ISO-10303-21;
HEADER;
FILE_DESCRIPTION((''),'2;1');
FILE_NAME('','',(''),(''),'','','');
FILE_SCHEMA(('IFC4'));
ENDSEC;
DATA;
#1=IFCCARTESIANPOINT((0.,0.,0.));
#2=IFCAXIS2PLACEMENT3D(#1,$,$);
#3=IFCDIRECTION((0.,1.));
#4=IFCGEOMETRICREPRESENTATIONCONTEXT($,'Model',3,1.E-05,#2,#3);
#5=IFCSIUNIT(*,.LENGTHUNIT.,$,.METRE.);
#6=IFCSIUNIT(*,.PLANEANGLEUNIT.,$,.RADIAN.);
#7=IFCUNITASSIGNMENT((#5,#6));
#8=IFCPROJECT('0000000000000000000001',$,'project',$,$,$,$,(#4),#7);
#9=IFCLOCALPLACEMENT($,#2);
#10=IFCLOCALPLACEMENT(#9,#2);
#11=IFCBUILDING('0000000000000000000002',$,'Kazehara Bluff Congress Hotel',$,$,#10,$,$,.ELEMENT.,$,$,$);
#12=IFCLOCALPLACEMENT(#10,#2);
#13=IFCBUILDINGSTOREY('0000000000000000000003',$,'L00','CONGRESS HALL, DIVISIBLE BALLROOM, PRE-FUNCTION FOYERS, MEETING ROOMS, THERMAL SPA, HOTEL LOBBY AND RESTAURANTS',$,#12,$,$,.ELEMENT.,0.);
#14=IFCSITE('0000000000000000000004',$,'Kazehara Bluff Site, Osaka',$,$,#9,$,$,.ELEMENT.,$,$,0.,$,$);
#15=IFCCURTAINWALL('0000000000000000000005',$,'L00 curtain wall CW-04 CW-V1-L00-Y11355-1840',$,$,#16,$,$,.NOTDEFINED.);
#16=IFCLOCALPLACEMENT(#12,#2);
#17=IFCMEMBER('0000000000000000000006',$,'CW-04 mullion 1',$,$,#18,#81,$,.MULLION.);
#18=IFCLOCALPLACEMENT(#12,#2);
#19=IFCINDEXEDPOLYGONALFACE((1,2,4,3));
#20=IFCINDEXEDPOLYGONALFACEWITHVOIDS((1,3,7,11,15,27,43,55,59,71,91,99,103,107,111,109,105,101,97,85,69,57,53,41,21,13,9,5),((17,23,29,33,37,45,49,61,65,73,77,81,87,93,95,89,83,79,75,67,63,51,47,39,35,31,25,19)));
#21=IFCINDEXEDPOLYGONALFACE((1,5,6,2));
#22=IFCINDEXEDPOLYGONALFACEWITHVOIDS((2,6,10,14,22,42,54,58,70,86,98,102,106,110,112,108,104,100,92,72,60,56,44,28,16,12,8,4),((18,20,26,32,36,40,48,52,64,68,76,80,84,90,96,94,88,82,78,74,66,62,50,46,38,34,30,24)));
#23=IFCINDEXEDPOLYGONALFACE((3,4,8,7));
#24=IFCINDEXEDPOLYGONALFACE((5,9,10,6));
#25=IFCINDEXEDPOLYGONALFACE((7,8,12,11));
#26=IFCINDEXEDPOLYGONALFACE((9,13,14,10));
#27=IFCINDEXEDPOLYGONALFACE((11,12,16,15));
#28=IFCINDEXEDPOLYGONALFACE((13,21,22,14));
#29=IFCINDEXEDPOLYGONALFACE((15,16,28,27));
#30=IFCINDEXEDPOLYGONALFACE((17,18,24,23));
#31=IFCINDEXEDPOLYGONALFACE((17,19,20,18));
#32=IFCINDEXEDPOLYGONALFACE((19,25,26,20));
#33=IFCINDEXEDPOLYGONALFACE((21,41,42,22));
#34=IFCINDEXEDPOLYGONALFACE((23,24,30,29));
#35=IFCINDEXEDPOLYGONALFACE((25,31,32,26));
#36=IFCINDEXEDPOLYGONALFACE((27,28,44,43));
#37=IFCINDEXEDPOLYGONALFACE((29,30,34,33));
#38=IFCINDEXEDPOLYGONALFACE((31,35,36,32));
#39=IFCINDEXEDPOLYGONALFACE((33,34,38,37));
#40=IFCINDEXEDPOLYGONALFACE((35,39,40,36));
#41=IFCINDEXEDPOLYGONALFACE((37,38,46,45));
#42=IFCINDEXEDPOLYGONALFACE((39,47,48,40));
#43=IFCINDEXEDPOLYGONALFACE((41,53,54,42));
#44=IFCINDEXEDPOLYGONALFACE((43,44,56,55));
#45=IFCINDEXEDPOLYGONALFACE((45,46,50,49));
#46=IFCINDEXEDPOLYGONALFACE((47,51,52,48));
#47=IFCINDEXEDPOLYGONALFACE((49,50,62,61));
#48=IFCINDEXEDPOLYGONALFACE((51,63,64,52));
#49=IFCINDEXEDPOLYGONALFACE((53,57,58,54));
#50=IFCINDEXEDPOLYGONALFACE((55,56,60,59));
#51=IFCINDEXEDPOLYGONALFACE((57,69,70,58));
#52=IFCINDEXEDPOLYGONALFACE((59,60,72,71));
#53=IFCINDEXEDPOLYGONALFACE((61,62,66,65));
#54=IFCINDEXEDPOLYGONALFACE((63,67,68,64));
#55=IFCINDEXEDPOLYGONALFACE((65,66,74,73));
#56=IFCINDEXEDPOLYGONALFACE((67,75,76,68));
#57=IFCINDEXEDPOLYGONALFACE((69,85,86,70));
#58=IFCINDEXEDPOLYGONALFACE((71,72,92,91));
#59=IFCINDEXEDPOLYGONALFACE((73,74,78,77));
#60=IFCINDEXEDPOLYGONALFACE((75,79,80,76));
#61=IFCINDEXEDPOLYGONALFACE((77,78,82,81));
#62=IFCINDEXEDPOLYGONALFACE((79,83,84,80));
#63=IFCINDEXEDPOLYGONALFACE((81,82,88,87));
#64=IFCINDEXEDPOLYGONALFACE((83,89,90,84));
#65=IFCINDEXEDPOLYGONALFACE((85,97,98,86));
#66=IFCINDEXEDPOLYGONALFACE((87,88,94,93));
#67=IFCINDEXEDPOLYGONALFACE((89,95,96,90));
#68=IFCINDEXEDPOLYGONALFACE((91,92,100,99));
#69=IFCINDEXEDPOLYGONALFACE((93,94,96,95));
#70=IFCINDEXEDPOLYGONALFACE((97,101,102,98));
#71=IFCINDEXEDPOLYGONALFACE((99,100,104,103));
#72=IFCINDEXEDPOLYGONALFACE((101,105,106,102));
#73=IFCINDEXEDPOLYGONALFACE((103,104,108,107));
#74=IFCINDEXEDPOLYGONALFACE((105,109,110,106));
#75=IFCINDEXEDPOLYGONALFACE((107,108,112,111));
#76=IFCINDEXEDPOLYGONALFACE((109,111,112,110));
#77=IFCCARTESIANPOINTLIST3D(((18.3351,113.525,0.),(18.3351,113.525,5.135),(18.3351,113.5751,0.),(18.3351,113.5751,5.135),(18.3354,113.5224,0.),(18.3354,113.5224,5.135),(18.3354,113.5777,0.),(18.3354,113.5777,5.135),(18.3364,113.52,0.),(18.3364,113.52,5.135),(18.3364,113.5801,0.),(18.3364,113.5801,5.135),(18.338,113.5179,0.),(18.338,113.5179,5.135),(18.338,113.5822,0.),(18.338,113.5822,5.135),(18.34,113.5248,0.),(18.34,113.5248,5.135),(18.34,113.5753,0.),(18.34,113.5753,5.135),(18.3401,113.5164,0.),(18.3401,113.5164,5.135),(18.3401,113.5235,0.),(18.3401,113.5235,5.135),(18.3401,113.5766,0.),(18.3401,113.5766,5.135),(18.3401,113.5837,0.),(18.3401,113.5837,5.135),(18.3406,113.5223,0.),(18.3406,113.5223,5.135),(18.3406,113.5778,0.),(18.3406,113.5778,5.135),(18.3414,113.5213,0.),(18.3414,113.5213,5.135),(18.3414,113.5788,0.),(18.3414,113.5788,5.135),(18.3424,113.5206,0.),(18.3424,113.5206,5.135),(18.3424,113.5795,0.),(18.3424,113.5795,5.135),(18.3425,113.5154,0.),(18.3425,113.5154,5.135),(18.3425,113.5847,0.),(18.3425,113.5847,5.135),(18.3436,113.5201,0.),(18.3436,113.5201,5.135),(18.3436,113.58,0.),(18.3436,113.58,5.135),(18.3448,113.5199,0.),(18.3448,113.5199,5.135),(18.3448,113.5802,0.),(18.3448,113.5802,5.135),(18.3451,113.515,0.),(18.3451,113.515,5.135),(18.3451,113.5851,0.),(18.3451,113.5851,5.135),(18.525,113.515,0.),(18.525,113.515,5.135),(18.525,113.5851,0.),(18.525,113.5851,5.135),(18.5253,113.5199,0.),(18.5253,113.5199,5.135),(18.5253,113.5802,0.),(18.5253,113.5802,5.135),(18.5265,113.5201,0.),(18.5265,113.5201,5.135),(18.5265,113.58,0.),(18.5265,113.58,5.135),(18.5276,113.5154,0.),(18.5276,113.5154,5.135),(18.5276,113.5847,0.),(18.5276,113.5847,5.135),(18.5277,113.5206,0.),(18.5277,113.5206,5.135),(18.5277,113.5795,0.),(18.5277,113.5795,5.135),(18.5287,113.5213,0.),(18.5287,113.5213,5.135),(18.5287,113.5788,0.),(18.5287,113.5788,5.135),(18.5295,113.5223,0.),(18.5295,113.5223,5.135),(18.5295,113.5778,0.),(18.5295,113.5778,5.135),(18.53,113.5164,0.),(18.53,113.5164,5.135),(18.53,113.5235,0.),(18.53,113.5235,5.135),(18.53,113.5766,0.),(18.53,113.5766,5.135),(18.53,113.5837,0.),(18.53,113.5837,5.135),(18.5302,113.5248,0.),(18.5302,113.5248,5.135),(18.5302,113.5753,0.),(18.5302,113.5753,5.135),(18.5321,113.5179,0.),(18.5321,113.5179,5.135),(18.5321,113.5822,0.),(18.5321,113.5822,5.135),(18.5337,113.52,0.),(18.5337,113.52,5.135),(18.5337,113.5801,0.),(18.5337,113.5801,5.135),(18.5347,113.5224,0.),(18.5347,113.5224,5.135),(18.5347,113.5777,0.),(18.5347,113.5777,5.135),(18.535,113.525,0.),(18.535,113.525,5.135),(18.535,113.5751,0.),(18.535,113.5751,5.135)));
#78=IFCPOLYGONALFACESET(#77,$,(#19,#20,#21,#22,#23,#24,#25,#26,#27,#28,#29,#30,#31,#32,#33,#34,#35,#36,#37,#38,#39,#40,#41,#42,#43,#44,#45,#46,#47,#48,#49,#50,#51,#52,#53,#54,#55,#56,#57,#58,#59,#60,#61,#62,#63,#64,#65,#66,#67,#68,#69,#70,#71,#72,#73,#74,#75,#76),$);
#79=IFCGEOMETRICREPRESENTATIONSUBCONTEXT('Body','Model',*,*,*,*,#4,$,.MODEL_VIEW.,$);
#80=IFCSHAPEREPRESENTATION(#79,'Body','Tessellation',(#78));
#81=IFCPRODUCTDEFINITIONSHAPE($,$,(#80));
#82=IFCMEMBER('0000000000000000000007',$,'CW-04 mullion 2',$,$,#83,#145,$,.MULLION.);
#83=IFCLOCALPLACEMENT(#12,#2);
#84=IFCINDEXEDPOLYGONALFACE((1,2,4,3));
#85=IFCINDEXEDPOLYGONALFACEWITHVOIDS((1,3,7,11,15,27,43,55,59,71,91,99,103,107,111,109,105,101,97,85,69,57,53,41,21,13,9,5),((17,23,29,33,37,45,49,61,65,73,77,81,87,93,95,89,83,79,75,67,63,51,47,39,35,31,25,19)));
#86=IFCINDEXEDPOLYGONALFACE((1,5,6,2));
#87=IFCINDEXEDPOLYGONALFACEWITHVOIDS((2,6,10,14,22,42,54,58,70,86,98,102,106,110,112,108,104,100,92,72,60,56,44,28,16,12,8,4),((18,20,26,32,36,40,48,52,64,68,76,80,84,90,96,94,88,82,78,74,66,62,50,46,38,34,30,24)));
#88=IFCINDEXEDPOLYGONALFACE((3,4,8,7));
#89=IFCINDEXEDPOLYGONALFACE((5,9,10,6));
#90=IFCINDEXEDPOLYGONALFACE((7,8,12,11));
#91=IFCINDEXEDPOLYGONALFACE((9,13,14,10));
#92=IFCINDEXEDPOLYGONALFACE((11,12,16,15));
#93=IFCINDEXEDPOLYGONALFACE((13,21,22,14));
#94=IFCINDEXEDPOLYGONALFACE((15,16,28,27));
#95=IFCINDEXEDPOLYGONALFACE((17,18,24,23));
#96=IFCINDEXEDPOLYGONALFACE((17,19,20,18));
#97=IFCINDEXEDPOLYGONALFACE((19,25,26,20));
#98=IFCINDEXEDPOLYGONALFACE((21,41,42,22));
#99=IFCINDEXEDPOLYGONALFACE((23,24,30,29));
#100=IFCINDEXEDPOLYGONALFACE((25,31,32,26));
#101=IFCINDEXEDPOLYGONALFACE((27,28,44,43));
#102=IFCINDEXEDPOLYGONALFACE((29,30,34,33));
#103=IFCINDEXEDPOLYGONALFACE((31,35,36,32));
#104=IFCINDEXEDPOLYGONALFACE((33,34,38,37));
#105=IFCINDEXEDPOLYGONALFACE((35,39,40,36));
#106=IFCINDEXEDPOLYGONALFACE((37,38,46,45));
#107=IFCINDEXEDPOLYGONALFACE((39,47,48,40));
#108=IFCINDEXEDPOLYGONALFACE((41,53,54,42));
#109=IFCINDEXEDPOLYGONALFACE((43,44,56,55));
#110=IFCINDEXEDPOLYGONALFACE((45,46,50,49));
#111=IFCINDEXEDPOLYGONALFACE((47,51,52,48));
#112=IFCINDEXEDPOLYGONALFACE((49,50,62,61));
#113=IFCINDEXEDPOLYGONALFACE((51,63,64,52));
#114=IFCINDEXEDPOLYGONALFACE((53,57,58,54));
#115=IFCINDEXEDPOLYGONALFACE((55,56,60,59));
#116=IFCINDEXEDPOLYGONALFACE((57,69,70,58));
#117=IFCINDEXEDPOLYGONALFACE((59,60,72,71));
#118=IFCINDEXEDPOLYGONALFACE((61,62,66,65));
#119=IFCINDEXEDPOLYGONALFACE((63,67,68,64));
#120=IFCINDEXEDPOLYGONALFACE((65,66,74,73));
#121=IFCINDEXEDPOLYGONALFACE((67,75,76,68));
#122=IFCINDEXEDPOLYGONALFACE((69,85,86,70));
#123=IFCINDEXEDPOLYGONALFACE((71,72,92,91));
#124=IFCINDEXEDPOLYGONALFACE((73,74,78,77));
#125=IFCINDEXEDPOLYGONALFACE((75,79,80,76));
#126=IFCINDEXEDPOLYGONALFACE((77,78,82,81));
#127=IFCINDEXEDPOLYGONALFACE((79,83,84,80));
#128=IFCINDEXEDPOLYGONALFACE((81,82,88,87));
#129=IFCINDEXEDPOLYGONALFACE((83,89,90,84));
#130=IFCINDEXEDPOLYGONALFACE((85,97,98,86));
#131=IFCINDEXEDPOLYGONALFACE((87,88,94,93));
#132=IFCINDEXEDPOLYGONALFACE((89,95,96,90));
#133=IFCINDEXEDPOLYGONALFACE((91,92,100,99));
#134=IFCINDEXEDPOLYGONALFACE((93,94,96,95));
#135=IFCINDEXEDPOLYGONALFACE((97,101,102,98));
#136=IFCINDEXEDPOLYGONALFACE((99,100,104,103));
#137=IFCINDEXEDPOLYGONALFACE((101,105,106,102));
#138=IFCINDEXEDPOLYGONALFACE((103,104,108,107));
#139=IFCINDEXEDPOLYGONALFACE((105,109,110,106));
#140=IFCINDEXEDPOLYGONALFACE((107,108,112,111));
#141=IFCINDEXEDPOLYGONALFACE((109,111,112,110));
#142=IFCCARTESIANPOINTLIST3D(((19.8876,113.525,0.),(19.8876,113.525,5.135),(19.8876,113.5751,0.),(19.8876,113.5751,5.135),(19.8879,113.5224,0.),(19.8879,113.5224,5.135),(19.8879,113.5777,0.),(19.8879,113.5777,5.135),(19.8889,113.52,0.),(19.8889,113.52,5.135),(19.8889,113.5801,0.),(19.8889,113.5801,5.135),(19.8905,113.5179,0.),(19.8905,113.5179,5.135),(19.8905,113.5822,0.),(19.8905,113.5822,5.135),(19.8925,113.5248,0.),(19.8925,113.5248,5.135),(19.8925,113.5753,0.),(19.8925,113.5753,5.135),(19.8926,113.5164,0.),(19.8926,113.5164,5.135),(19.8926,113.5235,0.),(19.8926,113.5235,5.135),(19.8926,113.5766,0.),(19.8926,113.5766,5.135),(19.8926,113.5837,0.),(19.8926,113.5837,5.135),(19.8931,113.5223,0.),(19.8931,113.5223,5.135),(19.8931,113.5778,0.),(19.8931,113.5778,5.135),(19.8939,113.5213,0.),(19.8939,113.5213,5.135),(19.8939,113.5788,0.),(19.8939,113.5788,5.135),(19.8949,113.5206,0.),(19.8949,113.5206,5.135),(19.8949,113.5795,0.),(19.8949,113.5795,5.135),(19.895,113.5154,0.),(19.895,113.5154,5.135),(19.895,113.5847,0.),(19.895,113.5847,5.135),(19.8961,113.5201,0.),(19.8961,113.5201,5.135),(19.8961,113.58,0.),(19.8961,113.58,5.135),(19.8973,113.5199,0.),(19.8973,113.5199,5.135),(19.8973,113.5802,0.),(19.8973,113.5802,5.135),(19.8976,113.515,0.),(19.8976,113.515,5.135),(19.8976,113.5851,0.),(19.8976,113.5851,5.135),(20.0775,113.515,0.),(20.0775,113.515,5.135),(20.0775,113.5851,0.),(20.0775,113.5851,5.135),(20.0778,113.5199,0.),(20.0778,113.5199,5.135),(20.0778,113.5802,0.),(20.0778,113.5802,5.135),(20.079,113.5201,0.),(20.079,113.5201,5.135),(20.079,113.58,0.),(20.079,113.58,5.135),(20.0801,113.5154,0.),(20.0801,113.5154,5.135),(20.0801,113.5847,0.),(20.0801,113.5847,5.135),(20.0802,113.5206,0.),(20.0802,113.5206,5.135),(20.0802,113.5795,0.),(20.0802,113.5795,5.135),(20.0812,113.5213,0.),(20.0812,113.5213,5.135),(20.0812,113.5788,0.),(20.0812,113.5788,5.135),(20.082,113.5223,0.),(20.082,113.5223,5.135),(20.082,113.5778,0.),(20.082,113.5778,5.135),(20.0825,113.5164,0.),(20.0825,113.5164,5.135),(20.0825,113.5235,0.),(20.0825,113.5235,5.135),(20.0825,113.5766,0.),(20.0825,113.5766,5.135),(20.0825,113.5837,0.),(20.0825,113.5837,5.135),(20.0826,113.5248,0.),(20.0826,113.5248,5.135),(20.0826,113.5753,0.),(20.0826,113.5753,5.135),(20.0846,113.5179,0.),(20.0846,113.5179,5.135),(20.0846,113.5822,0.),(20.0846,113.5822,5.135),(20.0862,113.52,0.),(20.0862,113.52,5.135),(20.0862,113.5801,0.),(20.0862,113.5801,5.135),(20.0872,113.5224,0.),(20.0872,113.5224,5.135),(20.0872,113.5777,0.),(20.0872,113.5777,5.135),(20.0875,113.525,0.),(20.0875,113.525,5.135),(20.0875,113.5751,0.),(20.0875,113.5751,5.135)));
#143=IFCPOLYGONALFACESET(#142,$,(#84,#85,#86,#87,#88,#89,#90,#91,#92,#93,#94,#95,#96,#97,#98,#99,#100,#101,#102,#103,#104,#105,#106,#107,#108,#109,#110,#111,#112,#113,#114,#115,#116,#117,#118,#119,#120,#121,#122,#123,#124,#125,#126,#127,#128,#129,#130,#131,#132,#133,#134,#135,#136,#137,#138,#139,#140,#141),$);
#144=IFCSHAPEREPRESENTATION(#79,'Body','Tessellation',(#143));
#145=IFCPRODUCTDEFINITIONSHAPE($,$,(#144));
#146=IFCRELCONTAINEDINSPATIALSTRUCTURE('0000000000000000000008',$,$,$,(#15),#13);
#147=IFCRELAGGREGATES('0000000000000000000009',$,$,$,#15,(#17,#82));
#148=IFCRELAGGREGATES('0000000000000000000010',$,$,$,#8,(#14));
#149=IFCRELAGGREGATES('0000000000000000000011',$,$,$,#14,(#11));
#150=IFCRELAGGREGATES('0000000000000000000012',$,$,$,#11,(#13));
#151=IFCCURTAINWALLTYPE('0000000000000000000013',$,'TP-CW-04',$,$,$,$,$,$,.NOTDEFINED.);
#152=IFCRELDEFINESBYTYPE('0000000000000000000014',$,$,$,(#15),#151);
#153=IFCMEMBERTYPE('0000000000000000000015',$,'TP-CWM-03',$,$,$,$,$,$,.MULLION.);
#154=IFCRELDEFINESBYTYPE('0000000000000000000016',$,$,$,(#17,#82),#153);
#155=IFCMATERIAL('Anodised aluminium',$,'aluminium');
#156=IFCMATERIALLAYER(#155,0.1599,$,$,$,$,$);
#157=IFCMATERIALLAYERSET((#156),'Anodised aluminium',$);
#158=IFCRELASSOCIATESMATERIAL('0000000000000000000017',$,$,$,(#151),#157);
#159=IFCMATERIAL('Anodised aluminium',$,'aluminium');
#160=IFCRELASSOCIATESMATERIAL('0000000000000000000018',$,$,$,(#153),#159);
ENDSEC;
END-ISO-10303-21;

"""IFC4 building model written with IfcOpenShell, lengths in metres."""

from ifc_helpers import new_model, si_unit, direction, frame, origin, origin_2d, place, context, subcontext, project, spatial, hollow_rectangle, extrude, material, layer, layer_set, material_profile, profile_set, type_object, element, aggregate, save


model = new_model("IFC4")

# Units and contexts
model_context = context("Model", 3, precision=1e-05, world=origin(), true_north=direction((0.0, 1.0)))
body_context = subcontext(model_context, "Body", "Model", "MODEL_VIEW")
ifc_project = project(units=[si_unit("LENGTHUNIT", "METRE"), si_unit("PLANEANGLEUNIT", "RADIAN")], contexts=[model_context])

# Site, building, storey
site_placement = place(None, origin())
site = spatial("IfcSite", under=ifc_project, at=site_placement, Name="Kazehara Bluff Site, Osaka", CompositionType="ELEMENT", RefElevation=0.0)
building_placement = place(site_placement, origin())
building = spatial("IfcBuilding", under=site, at=building_placement, Name="Kazehara Bluff Congress Hotel", CompositionType="ELEMENT")
storey_placement = place(building_placement, origin())
storey = spatial("IfcBuildingStorey", under=building, at=storey_placement, Name="L00", Description="CONGRESS HALL, DIVISIBLE BALLROOM, PRE-FUNCTION FOYERS, MEETING ROOMS, THERMAL SPA, HOTEL LOBBY AND RESTAURANTS", CompositionType="ELEMENT", Elevation=0.0)

# Curtain wall, members
ifc_material_1 = material(Name="Anodised aluminium", Category="aluminium")
ifc_layer_1 = layer(ifc_material_1, 0.1599)
ifc_layer_set_1 = layer_set([ifc_layer_1], Name="Anodised aluminium")
curtain_wall_type = type_object("IfcCurtainWallType", Name="TP-CW-04", PredefinedType="NOTDEFINED", material=ifc_layer_set_1)
curtain_wall_placement = place(storey_placement, origin())
curtain_wall = element("IfcCurtainWall", 1, at=curtain_wall_placement, inside=storey, type_object=curtain_wall_type, Name="L00 curtain wall CW-04 CW-V1-L00-Y11355-1840", PredefinedType="NOTDEFINED")
ifc_material_2 = material(Name="Anodised aluminium", Category="aluminium")
ifc_material_profile_1 = material_profile(ifc_material_2, hollow_rectangle(XDim=0.0701, YDim=0.2, WallThickness=0.0049, InnerFilletRadius=0.0049, OuterFilletRadius=0.01, at=origin_2d()))
ifc_profile_set_1 = profile_set([ifc_material_profile_1], Name="Anodised aluminium")
member_type_1 = type_object("IfcMemberType", Name="TP-CWM-03", PredefinedType="MULLION", material=ifc_profile_set_1)
member_1_placement = place(storey_placement, frame((18.4351, 113.55, 0.0), z_axis=(0.0, 0.0, 1.0), x_axis=(0.0, 1.0, 0.0)))
member_1 = element("IfcMember", 2, at=member_1_placement, type_object=member_type_1, Name="CW-04 mullion 1", PredefinedType="MULLION", context=body_context, shape_type="SweptSolid", body=[
    extrude(hollow_rectangle(XDim=0.0701, YDim=0.2, WallThickness=0.0049, InnerFilletRadius=0.0049, OuterFilletRadius=0.01, at=origin_2d()), origin(), (0.0, 0.0, 1.0), 5.135),
])
member_2_placement = place(storey_placement, frame((19.9875, 113.55, 0.0), z_axis=(0.0, 0.0, 1.0), x_axis=(0.0, 1.0, 0.0)))
member_2 = element("IfcMember", 3, at=member_2_placement, type_object=member_type_1, Name="CW-04 mullion 2", PredefinedType="MULLION", context=body_context, shape_type="SweptSolid", body=[
    extrude(hollow_rectangle(XDim=0.0701, YDim=0.2, WallThickness=0.0049, InnerFilletRadius=0.0049, OuterFilletRadius=0.01, at=origin_2d()), origin(), (0.0, 0.0, 1.0), 5.135),
])
aggregate(curtain_wall, [member_1, member_2])

save(model, "model.ifc")
